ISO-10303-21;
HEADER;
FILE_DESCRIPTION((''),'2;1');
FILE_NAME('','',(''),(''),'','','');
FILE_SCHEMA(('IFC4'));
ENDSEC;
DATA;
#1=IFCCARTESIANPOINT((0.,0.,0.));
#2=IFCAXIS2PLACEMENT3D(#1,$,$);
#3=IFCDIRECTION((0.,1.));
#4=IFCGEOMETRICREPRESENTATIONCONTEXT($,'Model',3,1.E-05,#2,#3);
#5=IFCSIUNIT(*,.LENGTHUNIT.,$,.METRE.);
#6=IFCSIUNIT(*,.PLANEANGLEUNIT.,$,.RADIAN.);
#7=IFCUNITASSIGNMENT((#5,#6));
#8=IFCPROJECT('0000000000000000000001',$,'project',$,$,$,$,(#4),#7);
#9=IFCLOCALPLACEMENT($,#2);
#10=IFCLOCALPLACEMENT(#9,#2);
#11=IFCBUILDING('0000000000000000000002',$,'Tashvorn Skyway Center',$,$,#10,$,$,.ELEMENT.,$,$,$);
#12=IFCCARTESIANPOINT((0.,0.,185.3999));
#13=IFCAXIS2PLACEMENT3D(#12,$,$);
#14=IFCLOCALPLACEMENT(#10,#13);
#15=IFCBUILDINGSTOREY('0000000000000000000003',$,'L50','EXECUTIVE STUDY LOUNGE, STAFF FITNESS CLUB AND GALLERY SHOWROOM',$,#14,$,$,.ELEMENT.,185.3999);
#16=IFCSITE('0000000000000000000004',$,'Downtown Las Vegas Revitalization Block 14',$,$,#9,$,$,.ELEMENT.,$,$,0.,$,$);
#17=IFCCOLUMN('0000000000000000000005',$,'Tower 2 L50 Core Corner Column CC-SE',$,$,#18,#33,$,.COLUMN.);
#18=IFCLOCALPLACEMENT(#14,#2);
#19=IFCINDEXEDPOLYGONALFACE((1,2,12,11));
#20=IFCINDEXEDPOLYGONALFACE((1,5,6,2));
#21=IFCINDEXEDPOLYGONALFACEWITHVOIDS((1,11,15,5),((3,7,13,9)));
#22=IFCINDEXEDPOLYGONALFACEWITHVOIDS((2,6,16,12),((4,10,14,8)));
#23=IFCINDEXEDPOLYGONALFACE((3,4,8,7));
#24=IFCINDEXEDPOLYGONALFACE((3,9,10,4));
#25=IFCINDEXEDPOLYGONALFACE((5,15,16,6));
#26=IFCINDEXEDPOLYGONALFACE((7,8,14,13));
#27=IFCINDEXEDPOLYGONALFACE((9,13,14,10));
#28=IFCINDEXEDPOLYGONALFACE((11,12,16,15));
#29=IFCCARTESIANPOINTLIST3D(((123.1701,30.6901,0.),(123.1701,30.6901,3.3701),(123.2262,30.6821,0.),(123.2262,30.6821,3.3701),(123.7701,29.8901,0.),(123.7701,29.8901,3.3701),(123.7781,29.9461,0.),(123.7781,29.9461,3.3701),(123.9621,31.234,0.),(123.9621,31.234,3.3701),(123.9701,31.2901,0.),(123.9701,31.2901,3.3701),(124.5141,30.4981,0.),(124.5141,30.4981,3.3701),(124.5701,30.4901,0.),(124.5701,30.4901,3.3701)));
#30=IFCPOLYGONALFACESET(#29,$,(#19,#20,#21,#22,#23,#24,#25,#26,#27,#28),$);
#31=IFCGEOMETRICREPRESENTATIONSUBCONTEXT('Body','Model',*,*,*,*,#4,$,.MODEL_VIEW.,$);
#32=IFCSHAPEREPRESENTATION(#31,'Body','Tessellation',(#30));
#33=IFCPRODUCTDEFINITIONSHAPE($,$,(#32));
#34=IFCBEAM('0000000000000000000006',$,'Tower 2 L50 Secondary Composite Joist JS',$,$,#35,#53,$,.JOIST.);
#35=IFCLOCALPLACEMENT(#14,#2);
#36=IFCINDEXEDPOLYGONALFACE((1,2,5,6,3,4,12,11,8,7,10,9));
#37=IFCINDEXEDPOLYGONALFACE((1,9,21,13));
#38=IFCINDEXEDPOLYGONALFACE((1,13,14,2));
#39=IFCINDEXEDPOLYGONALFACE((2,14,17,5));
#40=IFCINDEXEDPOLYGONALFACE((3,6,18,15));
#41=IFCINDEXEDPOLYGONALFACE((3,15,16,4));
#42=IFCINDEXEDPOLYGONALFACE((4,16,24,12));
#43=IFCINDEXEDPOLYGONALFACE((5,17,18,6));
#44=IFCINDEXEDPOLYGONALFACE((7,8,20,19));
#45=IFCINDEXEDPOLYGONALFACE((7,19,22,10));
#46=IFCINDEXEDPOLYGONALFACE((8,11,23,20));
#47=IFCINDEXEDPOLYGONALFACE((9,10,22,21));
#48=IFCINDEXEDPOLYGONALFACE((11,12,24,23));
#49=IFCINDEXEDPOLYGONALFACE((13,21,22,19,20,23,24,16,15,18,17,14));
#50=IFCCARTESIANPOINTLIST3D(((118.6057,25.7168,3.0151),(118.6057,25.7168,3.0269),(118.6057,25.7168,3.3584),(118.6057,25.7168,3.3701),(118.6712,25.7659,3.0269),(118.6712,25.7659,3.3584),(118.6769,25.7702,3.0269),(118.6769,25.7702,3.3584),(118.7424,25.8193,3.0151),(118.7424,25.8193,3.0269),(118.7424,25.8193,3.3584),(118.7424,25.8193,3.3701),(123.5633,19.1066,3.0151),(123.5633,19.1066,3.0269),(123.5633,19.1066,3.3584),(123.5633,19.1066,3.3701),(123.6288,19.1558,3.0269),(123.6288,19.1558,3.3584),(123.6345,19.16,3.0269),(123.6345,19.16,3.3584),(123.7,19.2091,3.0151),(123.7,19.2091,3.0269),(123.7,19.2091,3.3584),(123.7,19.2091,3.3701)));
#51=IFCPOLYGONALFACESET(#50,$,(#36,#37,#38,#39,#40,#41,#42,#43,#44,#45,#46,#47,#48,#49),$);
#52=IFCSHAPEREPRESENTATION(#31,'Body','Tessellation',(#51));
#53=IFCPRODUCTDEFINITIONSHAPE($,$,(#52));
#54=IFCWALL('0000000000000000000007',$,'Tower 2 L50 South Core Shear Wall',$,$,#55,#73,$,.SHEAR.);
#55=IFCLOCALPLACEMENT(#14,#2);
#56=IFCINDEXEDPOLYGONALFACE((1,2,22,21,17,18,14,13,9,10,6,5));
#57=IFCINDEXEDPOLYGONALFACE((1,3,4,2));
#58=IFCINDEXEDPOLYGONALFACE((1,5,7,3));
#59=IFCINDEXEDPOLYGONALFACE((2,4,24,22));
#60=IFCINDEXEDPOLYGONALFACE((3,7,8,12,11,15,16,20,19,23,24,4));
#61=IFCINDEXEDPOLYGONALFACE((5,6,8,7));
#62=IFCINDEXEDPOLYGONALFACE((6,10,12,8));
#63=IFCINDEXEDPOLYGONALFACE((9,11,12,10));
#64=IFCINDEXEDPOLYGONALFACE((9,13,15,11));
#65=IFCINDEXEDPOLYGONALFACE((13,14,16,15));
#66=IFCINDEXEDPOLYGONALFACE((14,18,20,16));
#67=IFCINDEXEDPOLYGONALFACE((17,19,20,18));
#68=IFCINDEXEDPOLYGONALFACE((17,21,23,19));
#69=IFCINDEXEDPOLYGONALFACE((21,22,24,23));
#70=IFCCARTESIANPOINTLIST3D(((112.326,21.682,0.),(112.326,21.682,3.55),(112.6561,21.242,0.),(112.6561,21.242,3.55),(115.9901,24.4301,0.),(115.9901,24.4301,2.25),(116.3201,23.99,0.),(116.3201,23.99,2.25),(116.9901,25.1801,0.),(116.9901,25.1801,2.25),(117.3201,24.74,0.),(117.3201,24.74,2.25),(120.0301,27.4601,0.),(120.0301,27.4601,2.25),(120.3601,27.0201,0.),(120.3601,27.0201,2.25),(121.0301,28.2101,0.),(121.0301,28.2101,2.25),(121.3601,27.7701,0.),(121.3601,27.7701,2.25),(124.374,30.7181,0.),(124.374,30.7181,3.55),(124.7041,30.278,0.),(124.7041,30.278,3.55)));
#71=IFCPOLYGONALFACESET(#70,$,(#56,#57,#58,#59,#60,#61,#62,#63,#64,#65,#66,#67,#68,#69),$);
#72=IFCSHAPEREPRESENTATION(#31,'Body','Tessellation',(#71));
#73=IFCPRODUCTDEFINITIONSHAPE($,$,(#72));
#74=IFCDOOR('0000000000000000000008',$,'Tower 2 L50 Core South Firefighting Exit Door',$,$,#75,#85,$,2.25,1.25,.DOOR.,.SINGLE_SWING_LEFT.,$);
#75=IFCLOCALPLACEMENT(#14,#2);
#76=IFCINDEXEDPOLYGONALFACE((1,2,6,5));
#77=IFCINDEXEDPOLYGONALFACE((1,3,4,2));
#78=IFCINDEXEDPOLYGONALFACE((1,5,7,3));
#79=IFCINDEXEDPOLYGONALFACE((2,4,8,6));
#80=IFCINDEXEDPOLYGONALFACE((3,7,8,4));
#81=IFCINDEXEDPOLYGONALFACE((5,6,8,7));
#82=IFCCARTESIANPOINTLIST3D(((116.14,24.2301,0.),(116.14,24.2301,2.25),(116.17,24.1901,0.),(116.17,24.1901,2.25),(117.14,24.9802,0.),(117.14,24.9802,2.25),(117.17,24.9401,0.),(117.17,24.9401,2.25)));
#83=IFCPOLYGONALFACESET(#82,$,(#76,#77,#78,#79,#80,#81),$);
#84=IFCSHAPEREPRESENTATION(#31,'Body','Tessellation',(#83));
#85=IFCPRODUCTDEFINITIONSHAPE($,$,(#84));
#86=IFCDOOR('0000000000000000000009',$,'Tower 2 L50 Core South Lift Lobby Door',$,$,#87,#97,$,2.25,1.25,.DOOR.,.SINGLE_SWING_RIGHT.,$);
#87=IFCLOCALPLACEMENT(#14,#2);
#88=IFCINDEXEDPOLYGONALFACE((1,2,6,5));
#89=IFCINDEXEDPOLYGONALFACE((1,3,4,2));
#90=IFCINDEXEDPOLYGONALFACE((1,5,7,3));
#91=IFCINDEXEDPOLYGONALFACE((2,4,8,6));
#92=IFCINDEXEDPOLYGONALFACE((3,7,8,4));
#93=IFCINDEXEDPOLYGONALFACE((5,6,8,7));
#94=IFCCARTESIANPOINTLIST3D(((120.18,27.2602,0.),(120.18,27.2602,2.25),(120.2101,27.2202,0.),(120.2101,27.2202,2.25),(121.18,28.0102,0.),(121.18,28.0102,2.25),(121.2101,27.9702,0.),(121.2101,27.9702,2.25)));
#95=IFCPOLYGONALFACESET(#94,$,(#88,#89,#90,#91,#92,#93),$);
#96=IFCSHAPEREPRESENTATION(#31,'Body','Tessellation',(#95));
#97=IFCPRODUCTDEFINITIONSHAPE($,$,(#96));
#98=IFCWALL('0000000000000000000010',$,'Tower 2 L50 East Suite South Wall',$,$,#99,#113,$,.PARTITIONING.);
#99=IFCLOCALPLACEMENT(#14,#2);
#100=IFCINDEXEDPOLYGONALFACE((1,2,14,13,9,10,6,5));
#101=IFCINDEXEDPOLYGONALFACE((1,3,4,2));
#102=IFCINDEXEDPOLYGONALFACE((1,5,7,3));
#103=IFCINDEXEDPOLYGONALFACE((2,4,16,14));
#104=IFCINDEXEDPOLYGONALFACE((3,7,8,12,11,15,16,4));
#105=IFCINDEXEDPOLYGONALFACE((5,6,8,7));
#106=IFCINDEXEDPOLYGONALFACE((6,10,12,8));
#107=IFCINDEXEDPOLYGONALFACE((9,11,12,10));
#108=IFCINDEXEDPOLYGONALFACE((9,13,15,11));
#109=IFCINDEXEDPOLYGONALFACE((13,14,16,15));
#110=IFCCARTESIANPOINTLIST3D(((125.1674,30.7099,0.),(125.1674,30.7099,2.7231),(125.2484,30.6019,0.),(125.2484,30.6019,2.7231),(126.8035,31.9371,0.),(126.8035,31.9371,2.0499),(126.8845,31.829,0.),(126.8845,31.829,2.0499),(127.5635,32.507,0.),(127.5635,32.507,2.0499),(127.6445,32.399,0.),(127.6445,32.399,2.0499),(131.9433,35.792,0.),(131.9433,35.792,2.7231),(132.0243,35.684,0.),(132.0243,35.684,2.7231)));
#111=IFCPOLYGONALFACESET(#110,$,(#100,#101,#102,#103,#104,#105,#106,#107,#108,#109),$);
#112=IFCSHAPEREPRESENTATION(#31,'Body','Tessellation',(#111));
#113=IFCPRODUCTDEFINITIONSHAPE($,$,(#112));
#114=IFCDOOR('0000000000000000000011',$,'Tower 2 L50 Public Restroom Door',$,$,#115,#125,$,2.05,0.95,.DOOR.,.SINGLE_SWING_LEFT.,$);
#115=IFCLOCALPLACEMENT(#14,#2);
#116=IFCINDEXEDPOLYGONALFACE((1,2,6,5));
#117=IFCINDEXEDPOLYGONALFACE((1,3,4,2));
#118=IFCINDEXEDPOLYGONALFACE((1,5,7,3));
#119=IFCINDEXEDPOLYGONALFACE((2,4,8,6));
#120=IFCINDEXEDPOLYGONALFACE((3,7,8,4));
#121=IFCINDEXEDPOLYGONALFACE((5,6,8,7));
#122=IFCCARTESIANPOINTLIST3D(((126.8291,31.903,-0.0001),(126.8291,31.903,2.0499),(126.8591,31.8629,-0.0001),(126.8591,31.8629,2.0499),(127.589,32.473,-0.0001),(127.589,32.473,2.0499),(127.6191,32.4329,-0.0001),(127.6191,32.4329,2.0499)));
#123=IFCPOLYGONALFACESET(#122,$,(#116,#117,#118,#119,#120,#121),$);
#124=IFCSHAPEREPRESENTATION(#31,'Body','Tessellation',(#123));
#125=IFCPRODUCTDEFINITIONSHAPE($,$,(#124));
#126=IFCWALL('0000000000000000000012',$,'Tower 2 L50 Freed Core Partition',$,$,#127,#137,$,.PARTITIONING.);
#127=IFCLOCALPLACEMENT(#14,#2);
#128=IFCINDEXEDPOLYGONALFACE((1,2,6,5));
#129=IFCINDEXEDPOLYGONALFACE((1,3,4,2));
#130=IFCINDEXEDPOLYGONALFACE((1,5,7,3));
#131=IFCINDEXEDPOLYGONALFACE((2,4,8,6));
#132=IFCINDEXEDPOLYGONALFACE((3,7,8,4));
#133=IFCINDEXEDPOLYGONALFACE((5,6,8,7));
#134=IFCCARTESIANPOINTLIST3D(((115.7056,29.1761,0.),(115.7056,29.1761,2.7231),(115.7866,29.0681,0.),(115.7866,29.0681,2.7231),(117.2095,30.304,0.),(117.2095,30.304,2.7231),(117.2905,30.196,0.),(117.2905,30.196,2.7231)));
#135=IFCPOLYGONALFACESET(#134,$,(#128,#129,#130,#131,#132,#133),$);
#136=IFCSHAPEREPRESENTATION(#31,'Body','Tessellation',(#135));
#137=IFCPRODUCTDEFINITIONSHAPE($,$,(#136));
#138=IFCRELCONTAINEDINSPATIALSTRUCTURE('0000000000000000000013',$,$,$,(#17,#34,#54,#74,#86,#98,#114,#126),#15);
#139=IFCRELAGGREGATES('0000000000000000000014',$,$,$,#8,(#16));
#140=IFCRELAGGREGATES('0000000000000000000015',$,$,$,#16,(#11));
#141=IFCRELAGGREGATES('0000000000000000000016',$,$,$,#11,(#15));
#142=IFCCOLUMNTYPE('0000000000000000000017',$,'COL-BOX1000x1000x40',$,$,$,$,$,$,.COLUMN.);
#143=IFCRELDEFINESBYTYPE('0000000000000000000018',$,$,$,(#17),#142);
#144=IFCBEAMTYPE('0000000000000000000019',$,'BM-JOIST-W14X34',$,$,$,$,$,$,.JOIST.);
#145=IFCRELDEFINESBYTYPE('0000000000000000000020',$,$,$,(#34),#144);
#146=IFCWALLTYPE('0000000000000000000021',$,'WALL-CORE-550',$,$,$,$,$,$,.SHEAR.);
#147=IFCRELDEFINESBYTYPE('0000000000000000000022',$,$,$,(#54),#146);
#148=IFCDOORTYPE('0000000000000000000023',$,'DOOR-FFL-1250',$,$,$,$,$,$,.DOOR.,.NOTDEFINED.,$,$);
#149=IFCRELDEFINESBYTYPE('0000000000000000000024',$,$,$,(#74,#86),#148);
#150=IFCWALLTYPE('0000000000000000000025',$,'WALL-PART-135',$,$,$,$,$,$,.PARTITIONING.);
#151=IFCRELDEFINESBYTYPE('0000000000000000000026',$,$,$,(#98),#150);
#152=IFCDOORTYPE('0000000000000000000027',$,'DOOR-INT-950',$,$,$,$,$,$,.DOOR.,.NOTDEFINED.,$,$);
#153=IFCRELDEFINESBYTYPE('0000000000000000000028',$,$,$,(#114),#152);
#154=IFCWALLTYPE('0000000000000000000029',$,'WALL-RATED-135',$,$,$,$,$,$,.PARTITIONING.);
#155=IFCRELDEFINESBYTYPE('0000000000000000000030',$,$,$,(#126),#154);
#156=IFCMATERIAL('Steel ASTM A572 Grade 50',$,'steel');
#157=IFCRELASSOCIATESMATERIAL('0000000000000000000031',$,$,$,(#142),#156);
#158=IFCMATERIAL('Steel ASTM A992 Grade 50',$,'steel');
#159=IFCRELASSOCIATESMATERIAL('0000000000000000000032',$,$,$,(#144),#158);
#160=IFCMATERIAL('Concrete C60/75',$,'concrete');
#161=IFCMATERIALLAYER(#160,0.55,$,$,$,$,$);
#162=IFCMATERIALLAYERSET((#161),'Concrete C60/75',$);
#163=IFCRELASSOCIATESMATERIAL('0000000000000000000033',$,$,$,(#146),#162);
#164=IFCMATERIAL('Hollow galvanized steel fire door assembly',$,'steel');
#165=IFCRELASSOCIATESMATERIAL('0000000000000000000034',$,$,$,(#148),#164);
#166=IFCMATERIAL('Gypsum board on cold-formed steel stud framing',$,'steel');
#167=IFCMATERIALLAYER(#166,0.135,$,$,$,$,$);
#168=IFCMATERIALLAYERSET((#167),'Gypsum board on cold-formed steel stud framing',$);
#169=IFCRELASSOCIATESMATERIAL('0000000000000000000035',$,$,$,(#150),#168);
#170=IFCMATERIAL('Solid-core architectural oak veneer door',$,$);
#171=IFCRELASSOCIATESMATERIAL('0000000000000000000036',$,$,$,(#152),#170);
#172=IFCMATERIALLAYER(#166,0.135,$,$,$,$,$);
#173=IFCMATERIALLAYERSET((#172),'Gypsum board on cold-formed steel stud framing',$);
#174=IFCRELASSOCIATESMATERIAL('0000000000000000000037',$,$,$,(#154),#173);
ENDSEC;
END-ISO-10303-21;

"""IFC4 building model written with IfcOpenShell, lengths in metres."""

from ifc_helpers import new_model, si_unit, direction, frame, frame_2d, origin, origin_2d, place, context, subcontext, project, spatial, rectangle, hollow_rectangle, i_section, extrude, material, layer, layer_set, material_profile, profile_set, type_object, element, fill, save


model = new_model("IFC4")

# Units and contexts
model_context = context("Model", 3, precision=1e-05, world=origin(), true_north=direction((0.0, 1.0)))
body_context = subcontext(model_context, "Body", "Model", "MODEL_VIEW")
ifc_project = project(units=[si_unit("LENGTHUNIT", "METRE"), si_unit("PLANEANGLEUNIT", "RADIAN")], contexts=[model_context])

# Site, building, storey
site_placement = place(None, origin())
site = spatial("IfcSite", under=ifc_project, at=site_placement, Name="Downtown Las Vegas Revitalization Block 14", CompositionType="ELEMENT", RefElevation=0.0)
building_placement = place(site_placement, origin())
building = spatial("IfcBuilding", under=site, at=building_placement, Name="Tashvorn Skyway Center", CompositionType="ELEMENT")
storey_placement = place(building_placement, frame((0.0, 0.0, 185.3999)))
storey = spatial("IfcBuildingStorey", under=building, at=storey_placement, Name="L50", Description="EXECUTIVE STUDY LOUNGE, STAFF FITNESS CLUB AND GALLERY SHOWROOM", CompositionType="ELEMENT", Elevation=185.3999)

# Column
ifc_material_1 = material(Name="Steel ASTM A572 Grade 50", Category="steel")
ifc_material_profile_1 = material_profile(ifc_material_1, hollow_rectangle(XDim=1.0, YDim=1.0, WallThickness=0.04, at=origin_2d()), Name="BOX1000x1000x40")
ifc_profile_set_1 = profile_set([ifc_material_profile_1], Name="Steel ASTM A572 Grade 50")
column_type = type_object("IfcColumnType", Name="COL-BOX1000x1000x40", PredefinedType="COLUMN", material=ifc_profile_set_1)
column_placement = place(storey_placement, frame((123.8701, 30.5901, 0.0), z_axis=(0.0, 0.0, 1.0), x_axis=(0.8, 0.6, 0.0)))
element("IfcColumn", 1, at=column_placement, inside=storey, type_object=column_type, Name="Tower 2 L50 Core Corner Column CC-SE", PredefinedType="COLUMN", context=body_context, shape_type="SweptSolid", body=[
    extrude(hollow_rectangle(XDim=1.0, YDim=1.0, WallThickness=0.04, at=origin_2d()), origin(), (0.0, 0.0, 1.0), 3.3701),
])

# Beam
ifc_material_2 = material(Name="Steel ASTM A992 Grade 50", Category="steel")
ifc_material_profile_2 = material_profile(ifc_material_2, i_section(OverallWidth=0.1709, OverallDepth=0.355, WebThickness=0.0071, FlangeThickness=0.0117, at=origin_2d()), Name="W14X34")
ifc_profile_set_2 = profile_set([ifc_material_profile_2], Name="Steel ASTM A992 Grade 50")
beam_type = type_object("IfcBeamType", Name="BM-JOIST-W14X34", PredefinedType="JOIST", material=ifc_profile_set_2)
beam_placement = place(storey_placement, frame((118.6741, 25.7681, 3.1926), z_axis=(0.599995, -0.800004, 0.0), x_axis=(0.800004, 0.599995, 0.0)))
element("IfcBeam", 2, at=beam_placement, inside=storey, type_object=beam_type, Name="Tower 2 L50 Secondary Composite Joist JS", PredefinedType="JOIST", context=body_context, shape_type="SweptSolid", body=[
    extrude(i_section(OverallWidth=0.1709, OverallDepth=0.355, WebThickness=0.0071, FlangeThickness=0.0117, at=origin_2d()), origin(), (0.0, 0.0, 1.0), 8.2627),
])

# Wall, openings, doors
ifc_material_3 = material(Name="Concrete C60/75", Category="concrete")
ifc_layer_1 = layer(ifc_material_3, 0.55)
ifc_layer_set_1 = layer_set([ifc_layer_1], Name="Concrete C60/75")
wall_type_1 = type_object("IfcWallType", Name="WALL-CORE-550", PredefinedType="SHEAR", material=ifc_layer_set_1)
wall_1_placement = place(storey_placement, frame((124.5391, 30.498, 0.0), z_axis=(0.0, 0.0, 1.0), x_axis=(-0.799998, -0.600003, 0.0)))
wall_1 = element("IfcWall", 3, at=wall_1_placement, inside=storey, type_object=wall_type_1, Name="Tower 2 L50 South Core Shear Wall", PredefinedType="SHEAR", context=body_context, shape_type="SweptSolid", body=[
    extrude(rectangle(XDim=15.0601, YDim=0.55, at=frame_2d((7.53, 0.0))), origin(), (0.0, 0.0, 1.0), 3.55),
])
opening_1_placement = place(wall_1_placement, frame((9.23, 0.0, 0.0)))
opening_1 = element("IfcOpeningElement", 4, at=opening_1_placement, cuts=wall_1, PredefinedType="OPENING", context=body_context, shape_type="SweptSolid", body=[
    extrude(rectangle(XDim=1.25, YDim=2.25, at=frame_2d((0.625, 1.125))), frame((0.0, 0.2849, 0.0), z_axis=(0.0, -1.0, 0.0), x_axis=(1.0, 0.0, 0.0)), (0.0, 0.0, 1.0), 0.5701),
])
opening_2_placement = place(wall_1_placement, frame((4.1799, 0.0, 0.0)))
opening_2 = element("IfcOpeningElement", 5, at=opening_2_placement, cuts=wall_1, PredefinedType="OPENING", context=body_context, shape_type="SweptSolid", body=[
    extrude(rectangle(XDim=1.25, YDim=2.25, at=frame_2d((0.625, 1.125))), frame((0.0, 0.2849, 0.0), z_axis=(0.0, -1.0, 0.0), x_axis=(1.0, 0.0, 0.0)), (0.0, 0.0, 1.0), 0.5701),
])
ifc_material_4 = material(Name="Hollow galvanized steel fire door assembly", Category="steel")
door_type_1 = type_object("IfcDoorType", Name="DOOR-FFL-1250", OperationType="NOTDEFINED", PredefinedType="DOOR", material=ifc_material_4)
door_1_placement = place(opening_1_placement, origin())
door_1 = element("IfcDoor", 6, at=door_1_placement, inside=storey, type_object=door_type_1, Name="Tower 2 L50 Core South Firefighting Exit Door", OperationType="SINGLE_SWING_LEFT", OverallHeight=2.25, OverallWidth=1.25, PredefinedType="DOOR", context=body_context, shape_type="SweptSolid", body=[
    extrude(rectangle(XDim=1.25, YDim=2.25, at=frame_2d((0.625, 1.125))), frame((0.0, 0.0249, 0.0), z_axis=(0.0, -1.0, 0.0), x_axis=(1.0, 0.0, 0.0)), (0.0, 0.0, 1.0), 0.05),
])
fill(opening_1, door_1)
door_2_placement = place(opening_2_placement, origin())
door_2 = element("IfcDoor", 7, at=door_2_placement, inside=storey, type_object=door_type_1, Name="Tower 2 L50 Core South Lift Lobby Door", OperationType="SINGLE_SWING_RIGHT", OverallHeight=2.25, OverallWidth=1.25, PredefinedType="DOOR", context=body_context, shape_type="SweptSolid", body=[
    extrude(rectangle(XDim=1.25, YDim=2.25, at=frame_2d((0.625, 1.125))), frame((0.0, 0.0249, 0.0), z_axis=(0.0, -1.0, 0.0), x_axis=(1.0, 0.0, 0.0)), (0.0, 0.0, 1.0), 0.05),
])
fill(opening_2, door_2)

# Wall, opening, door
ifc_material_5 = material(Name="Gypsum board on cold-formed steel stud framing", Category="steel")
ifc_layer_2 = layer(ifc_material_5, 0.135)
ifc_layer_set_2 = layer_set([ifc_layer_2], Name="Gypsum board on cold-formed steel stud framing")
wall_type_2 = type_object("IfcWallType", Name="WALL-PART-135", PredefinedType="PARTITIONING", material=ifc_layer_set_2)
wall_2_placement = place(storey_placement, frame((125.208, 30.656, 0.0), z_axis=(0.0, 0.0, 1.0), x_axis=(0.799993, 0.600009, 0.0)))
wall_2 = element("IfcWall", 8, at=wall_2_placement, inside=storey, type_object=wall_type_2, Name="Tower 2 L50 East Suite South Wall", PredefinedType="PARTITIONING", context=body_context, shape_type="SweptSolid", body=[
    extrude(rectangle(XDim=8.47, YDim=0.135, at=frame_2d((4.2349, 0.0))), origin(), (0.0, 0.0, 1.0), 2.7231),
])
opening_3_placement = place(wall_2_placement, frame((2.0449, 0.0, 0.0)))
opening_3 = element("IfcOpeningElement", 9, at=opening_3_placement, cuts=wall_2, PredefinedType="OPENING", context=body_context, shape_type="SweptSolid", body=[
    extrude(rectangle(XDim=0.95, YDim=2.05, at=frame_2d((0.4751, 1.0249))), frame((0.0, 0.0774, 0.0), z_axis=(0.0, -1.0, 0.0), x_axis=(1.0, 0.0, 0.0)), (0.0, 0.0, 1.0), 0.155),
])
ifc_material_6 = material(Name="Solid-core architectural oak veneer door")
door_type_2 = type_object("IfcDoorType", Name="DOOR-INT-950", OperationType="NOTDEFINED", PredefinedType="DOOR", material=ifc_material_6)
door_3_placement = place(opening_3_placement, origin())
door_3 = element("IfcDoor", 10, at=door_3_placement, inside=storey, type_object=door_type_2, Name="Tower 2 L50 Public Restroom Door", OperationType="SINGLE_SWING_LEFT", OverallHeight=2.05, OverallWidth=0.95, PredefinedType="DOOR", context=body_context, shape_type="SweptSolid", body=[
    extrude(rectangle(XDim=0.95, YDim=2.05, at=frame_2d((0.4751, 1.0249))), frame((0.0, 0.0249, 0.0), z_axis=(0.0, -1.0, 0.0), x_axis=(1.0, 0.0, 0.0)), (0.0, 0.0, 1.0), 0.05),
])
fill(opening_3, door_3)

# Wall
ifc_layer_3 = layer(ifc_material_5, 0.135)
ifc_layer_set_3 = layer_set([ifc_layer_3], Name="Gypsum board on cold-formed steel stud framing")
wall_type_3 = type_object("IfcWallType", Name="WALL-RATED-135", PredefinedType="PARTITIONING", material=ifc_layer_set_3)
wall_3_placement = place(storey_placement, frame((115.7461, 29.1221, 0.0), z_axis=(0.0, 0.0, 1.0), x_axis=(0.8, 0.6, 0.0)))
element("IfcWall", 11, at=wall_3_placement, inside=storey, type_object=wall_type_3, Name="Tower 2 L50 Freed Core Partition", PredefinedType="PARTITIONING", context=body_context, shape_type="SweptSolid", body=[
    extrude(rectangle(XDim=1.8799, YDim=0.135, at=frame_2d((0.9399, 0.0))), origin(), (0.0, 0.0, 1.0), 2.7231),
])

save(model, "model.ifc")
